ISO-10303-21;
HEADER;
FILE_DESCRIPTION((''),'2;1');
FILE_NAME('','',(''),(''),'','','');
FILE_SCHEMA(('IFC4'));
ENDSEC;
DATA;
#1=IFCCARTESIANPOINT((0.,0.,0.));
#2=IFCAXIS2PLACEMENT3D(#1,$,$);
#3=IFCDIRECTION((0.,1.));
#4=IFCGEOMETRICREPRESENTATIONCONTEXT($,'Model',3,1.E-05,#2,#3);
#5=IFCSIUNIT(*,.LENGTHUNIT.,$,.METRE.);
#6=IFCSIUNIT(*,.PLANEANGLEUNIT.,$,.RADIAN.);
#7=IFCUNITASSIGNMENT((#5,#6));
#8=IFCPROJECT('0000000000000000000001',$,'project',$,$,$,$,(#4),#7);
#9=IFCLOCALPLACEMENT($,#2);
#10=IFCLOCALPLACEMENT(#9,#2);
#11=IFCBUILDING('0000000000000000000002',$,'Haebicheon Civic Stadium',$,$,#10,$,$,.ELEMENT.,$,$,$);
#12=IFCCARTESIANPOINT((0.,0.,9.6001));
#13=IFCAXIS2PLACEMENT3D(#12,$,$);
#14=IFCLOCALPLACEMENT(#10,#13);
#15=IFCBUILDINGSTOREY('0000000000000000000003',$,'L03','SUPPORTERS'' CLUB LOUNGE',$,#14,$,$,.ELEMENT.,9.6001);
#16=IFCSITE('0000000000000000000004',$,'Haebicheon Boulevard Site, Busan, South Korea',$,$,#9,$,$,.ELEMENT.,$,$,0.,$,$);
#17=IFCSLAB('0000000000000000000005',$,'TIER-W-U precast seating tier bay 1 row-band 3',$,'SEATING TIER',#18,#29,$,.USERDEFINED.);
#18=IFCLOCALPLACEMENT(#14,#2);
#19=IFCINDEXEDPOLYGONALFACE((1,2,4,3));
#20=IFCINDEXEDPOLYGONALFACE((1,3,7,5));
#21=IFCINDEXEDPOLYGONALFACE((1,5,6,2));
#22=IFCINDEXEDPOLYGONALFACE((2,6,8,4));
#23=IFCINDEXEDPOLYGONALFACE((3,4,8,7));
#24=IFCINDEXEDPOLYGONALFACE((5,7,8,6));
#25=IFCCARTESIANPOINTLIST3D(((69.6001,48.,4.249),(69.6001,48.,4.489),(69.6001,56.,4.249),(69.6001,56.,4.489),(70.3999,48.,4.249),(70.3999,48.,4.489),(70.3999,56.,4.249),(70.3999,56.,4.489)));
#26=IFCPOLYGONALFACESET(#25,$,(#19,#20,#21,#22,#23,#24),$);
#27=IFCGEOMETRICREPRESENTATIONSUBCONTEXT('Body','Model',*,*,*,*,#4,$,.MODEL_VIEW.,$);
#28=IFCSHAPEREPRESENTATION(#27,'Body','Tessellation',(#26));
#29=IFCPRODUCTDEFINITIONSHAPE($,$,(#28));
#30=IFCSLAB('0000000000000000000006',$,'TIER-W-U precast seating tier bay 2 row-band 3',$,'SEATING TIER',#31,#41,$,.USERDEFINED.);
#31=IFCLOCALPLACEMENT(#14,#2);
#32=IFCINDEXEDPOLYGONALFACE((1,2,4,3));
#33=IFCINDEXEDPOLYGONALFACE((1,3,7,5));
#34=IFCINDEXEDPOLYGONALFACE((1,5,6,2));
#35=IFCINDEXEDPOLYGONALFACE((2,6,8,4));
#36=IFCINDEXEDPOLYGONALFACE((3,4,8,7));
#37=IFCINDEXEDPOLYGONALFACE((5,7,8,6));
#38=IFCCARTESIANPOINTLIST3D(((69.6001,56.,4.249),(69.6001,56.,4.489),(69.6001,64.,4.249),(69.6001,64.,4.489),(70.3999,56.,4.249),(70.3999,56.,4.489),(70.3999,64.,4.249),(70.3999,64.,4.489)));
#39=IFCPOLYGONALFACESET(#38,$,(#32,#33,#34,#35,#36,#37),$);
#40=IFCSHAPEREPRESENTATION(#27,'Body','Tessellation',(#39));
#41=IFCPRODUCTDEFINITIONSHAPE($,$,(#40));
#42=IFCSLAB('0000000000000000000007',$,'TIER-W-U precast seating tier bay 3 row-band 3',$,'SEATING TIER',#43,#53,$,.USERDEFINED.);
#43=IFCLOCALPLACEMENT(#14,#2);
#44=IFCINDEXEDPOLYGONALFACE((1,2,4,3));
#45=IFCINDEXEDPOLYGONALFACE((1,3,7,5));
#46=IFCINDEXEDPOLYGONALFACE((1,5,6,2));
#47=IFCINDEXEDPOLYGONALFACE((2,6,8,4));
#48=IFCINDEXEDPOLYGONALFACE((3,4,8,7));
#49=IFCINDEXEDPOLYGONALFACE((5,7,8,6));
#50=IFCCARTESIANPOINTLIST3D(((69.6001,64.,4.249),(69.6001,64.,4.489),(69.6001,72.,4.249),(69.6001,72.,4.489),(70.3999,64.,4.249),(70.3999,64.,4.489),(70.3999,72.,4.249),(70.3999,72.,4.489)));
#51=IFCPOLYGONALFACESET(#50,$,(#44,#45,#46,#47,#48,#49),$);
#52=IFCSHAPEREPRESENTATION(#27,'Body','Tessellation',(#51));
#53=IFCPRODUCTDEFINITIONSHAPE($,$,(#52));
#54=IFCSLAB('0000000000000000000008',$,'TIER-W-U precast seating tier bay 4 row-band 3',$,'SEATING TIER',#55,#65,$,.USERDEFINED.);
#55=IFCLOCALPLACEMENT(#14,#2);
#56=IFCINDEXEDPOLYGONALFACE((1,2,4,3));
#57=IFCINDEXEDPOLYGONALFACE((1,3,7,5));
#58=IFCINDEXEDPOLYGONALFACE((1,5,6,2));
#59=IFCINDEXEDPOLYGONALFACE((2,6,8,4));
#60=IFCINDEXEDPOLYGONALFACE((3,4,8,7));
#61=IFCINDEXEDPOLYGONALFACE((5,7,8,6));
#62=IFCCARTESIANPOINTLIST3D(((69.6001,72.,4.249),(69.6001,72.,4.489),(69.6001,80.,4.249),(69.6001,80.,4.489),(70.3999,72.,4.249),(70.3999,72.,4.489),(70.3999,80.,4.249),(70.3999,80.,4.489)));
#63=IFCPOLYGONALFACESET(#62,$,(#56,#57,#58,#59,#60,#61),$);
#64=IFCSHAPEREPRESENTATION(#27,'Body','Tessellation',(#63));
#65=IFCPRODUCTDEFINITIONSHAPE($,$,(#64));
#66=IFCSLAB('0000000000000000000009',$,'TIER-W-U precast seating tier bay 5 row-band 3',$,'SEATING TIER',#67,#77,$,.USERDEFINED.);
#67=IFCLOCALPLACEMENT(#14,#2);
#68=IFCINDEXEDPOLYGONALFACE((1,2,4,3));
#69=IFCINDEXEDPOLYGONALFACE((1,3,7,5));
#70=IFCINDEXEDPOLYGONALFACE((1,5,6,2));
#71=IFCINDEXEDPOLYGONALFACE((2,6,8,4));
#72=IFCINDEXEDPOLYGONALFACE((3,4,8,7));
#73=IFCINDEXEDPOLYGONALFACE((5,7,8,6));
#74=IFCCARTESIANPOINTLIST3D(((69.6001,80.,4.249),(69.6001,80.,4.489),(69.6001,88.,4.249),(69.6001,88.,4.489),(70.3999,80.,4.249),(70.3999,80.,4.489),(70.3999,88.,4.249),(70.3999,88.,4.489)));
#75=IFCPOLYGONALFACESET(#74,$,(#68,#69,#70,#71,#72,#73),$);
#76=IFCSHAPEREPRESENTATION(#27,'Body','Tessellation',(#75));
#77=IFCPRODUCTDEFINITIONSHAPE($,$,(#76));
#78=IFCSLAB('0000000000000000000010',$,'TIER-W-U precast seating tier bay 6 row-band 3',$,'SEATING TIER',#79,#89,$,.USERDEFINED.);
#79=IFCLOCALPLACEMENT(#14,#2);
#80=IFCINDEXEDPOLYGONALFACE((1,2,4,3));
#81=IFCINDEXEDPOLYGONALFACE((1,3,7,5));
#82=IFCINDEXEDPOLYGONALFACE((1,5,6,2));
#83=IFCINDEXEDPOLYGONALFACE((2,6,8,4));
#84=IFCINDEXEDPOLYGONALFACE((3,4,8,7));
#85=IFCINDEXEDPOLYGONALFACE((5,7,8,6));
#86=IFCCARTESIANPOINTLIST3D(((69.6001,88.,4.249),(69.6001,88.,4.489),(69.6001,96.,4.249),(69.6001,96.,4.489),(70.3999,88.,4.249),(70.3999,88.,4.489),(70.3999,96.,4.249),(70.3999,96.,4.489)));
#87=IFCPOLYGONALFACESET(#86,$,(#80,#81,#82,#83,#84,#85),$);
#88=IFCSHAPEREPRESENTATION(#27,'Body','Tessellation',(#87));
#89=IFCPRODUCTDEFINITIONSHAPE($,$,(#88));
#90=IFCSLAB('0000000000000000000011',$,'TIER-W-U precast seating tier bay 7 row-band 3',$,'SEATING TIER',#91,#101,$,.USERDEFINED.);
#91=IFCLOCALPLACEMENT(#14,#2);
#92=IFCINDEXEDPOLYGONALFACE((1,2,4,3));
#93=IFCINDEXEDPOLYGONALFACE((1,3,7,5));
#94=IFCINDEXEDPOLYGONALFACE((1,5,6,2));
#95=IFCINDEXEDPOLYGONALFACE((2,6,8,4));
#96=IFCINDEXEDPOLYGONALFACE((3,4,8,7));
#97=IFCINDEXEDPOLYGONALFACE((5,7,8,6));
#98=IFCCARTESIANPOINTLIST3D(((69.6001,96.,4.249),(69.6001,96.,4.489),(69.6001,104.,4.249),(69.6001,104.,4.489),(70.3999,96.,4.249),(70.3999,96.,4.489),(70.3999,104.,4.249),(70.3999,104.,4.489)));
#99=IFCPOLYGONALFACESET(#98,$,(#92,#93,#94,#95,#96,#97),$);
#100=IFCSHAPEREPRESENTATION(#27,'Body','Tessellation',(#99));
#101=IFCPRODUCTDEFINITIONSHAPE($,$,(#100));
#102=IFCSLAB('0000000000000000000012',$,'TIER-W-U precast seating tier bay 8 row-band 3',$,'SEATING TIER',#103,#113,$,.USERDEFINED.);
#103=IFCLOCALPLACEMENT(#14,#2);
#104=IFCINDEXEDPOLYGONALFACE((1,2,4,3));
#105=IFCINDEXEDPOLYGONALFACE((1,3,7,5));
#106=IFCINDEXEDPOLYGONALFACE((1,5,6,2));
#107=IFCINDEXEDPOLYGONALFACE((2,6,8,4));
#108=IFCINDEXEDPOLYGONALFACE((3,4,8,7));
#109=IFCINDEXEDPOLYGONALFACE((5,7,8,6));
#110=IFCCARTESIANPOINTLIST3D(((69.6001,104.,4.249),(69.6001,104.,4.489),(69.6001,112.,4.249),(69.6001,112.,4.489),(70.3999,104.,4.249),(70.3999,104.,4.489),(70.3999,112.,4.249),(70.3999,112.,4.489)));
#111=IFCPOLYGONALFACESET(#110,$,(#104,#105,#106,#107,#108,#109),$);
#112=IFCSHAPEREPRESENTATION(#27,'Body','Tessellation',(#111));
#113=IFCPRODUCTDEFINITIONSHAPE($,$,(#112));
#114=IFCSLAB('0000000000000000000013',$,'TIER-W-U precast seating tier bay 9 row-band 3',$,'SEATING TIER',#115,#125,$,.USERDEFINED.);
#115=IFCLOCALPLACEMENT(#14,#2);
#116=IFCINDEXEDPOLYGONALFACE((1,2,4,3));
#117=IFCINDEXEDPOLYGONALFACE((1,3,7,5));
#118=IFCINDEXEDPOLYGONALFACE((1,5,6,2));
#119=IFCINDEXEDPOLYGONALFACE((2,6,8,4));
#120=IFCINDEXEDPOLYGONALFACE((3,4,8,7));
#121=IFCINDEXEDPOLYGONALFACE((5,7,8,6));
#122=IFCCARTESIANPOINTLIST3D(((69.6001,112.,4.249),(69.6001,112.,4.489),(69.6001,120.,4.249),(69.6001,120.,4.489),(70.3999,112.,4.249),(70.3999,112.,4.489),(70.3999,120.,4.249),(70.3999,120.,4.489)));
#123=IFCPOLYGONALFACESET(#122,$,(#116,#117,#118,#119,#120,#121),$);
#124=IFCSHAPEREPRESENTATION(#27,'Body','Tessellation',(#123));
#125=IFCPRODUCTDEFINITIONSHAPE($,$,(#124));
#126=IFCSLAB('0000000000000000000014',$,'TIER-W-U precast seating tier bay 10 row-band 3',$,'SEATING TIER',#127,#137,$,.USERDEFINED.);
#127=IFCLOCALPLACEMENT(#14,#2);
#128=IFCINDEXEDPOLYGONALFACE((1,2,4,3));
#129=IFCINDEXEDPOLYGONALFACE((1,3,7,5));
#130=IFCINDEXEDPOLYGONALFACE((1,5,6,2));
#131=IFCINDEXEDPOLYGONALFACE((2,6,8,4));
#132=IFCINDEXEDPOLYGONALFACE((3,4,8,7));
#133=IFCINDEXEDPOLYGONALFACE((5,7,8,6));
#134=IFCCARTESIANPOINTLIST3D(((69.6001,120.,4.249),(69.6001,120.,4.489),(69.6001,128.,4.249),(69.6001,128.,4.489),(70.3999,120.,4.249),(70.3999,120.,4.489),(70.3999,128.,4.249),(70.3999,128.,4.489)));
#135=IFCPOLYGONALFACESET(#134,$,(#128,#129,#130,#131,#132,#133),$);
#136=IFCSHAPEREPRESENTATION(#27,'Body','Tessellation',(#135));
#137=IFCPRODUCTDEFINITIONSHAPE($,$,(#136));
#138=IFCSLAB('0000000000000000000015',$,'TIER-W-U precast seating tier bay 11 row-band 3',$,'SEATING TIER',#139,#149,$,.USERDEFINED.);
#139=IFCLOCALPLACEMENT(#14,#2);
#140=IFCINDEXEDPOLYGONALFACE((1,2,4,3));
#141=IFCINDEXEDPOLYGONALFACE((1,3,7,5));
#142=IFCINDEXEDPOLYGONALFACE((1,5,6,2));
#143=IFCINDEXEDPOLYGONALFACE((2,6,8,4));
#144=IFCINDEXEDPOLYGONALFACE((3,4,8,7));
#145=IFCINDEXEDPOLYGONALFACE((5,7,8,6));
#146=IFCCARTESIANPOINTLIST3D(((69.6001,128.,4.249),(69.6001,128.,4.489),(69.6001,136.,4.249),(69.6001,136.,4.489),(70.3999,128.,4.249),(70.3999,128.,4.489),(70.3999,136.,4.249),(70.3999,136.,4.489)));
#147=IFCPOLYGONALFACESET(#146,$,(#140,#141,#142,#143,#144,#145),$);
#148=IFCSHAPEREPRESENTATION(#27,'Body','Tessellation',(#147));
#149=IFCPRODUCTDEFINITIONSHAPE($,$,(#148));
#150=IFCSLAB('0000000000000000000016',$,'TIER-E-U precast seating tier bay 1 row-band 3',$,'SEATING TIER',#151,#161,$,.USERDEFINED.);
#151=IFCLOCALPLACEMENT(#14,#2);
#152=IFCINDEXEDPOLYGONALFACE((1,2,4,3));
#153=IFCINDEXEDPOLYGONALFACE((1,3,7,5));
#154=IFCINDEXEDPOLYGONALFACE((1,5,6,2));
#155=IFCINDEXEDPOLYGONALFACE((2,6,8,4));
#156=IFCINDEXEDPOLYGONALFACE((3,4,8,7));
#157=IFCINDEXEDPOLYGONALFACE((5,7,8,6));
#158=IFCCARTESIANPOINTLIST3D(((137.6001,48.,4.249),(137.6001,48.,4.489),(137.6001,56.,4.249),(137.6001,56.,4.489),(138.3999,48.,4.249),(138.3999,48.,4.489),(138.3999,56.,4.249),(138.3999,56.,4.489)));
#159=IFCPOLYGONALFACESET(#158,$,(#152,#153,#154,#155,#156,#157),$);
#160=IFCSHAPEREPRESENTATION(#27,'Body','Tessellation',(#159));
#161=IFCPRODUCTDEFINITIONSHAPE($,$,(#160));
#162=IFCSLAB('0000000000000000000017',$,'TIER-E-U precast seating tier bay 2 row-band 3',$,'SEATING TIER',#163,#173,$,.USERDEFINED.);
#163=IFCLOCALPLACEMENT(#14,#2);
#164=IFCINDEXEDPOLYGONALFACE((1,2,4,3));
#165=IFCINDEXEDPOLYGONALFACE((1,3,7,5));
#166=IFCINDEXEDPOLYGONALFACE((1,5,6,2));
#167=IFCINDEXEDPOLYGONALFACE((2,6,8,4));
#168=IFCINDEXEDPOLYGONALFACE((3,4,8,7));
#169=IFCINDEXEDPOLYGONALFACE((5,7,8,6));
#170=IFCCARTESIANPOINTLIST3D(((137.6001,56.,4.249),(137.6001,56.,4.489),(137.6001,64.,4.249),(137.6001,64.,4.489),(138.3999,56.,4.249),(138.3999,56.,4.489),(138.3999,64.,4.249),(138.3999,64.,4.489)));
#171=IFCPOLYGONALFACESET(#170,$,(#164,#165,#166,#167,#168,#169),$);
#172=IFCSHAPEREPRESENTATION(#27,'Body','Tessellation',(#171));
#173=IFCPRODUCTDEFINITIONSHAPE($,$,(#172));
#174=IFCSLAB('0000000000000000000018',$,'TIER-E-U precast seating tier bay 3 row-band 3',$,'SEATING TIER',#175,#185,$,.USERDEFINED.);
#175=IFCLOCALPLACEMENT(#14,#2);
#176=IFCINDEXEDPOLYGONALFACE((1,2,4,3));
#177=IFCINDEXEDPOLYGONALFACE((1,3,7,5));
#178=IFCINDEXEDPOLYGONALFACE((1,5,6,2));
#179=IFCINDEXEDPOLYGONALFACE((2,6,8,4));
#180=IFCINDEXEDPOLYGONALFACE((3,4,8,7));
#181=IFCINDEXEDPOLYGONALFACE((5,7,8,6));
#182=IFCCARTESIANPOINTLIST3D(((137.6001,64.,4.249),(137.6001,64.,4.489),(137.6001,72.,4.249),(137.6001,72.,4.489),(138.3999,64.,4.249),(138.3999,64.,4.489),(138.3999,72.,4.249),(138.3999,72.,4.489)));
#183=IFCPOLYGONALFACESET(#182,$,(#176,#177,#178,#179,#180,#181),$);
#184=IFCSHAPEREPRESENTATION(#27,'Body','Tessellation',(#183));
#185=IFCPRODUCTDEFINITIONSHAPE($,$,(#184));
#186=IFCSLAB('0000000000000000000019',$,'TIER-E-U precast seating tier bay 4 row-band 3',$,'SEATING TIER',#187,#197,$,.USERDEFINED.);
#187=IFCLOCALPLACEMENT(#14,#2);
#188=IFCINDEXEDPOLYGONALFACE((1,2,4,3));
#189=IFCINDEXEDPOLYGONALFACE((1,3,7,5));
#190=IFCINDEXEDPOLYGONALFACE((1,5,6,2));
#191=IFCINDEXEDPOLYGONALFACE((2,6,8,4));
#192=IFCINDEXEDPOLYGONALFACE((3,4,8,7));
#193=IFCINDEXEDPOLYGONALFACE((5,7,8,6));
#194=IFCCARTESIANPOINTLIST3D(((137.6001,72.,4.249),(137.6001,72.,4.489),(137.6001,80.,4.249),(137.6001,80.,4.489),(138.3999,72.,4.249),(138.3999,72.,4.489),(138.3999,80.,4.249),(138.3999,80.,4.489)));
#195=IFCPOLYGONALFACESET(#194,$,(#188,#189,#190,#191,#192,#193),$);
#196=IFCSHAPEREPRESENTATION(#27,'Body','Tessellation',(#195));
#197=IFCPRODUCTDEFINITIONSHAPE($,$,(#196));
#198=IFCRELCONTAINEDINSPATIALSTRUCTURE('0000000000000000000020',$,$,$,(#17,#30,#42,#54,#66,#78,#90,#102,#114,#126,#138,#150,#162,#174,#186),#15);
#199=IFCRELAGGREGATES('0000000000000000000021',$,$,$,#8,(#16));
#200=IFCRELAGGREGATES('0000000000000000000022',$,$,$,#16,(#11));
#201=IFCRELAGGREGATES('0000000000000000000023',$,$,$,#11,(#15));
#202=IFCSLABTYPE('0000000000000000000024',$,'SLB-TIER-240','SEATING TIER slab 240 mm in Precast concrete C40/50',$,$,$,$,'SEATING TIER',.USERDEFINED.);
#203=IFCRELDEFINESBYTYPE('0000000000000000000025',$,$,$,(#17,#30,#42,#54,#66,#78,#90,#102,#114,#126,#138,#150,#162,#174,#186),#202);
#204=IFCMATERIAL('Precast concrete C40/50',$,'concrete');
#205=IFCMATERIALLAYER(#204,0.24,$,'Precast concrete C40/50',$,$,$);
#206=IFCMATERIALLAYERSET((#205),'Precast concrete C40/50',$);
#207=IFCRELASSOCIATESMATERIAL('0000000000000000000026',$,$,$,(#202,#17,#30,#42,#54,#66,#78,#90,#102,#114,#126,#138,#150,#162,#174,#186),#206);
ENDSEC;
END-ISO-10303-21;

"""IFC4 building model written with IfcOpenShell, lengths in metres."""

from ifc_helpers import new_model, si_unit, direction, frame, origin, place, context, subcontext, project, spatial, polyline, outline, extrude, material, layer, layer_set, type_object, element, save


model = new_model("IFC4")

# Units and contexts
model_context = context("Model", 3, precision=1e-05, world=origin(), true_north=direction((0.0, 1.0)))
body_context = subcontext(model_context, "Body", "Model", "MODEL_VIEW")
ifc_project = project(units=[si_unit("LENGTHUNIT", "METRE"), si_unit("PLANEANGLEUNIT", "RADIAN")], contexts=[model_context])

# Site, building, storey
site_placement = place(None, origin())
site = spatial("IfcSite", under=ifc_project, at=site_placement, Name="Haebicheon Boulevard Site, Busan, South Korea", CompositionType="ELEMENT", RefElevation=0.0)
building_placement = place(site_placement, origin())
building = spatial("IfcBuilding", under=site, at=building_placement, Name="Haebicheon Civic Stadium", CompositionType="ELEMENT")
storey_placement = place(building_placement, frame((0.0, 0.0, 9.6001)))
storey = spatial("IfcBuildingStorey", under=building, at=storey_placement, Name="L03", Description="SUPPORTERS' CLUB LOUNGE", CompositionType="ELEMENT", Elevation=9.6001)

# Slabs
ifc_material = material(Name="Precast concrete C40/50", Category="concrete")
ifc_layer = layer(ifc_material, 0.24, Name="Precast concrete C40/50")
ifc_layer_set = layer_set([ifc_layer], Name="Precast concrete C40/50")
slab_type = type_object("IfcSlabType", Name="SLB-TIER-240", Description="SEATING TIER slab 240 mm in Precast concrete C40/50", ElementType="SEATING TIER", PredefinedType="USERDEFINED", material=ifc_layer_set)
slab_1_placement = place(storey_placement, frame((0.0, 0.0, 4.249)))
element("IfcSlab", 1, at=slab_1_placement, inside=storey, type_object=slab_type, material=ifc_layer_set, Name="TIER-W-U precast seating tier bay 1 row-band 3", ObjectType="SEATING TIER", PredefinedType="USERDEFINED", context=body_context, shape_type="SweptSolid", body=[
    extrude(outline(polyline([(69.6001, 48.0), (70.3999, 48.0), (70.3999, 56.0), (69.6001, 56.0), (69.6001, 48.0)])), origin(), (0.0, 0.0, 1.0), 0.24),
])
slab_2_placement = place(storey_placement, frame((0.0, 0.0, 4.249)))
element("IfcSlab", 2, at=slab_2_placement, inside=storey, type_object=slab_type, material=ifc_layer_set, Name="TIER-W-U precast seating tier bay 2 row-band 3", ObjectType="SEATING TIER", PredefinedType="USERDEFINED", context=body_context, shape_type="SweptSolid", body=[
    extrude(outline(polyline([(69.6001, 56.0), (70.3999, 56.0), (70.3999, 64.0), (69.6001, 64.0), (69.6001, 56.0)])), origin(), (0.0, 0.0, 1.0), 0.24),
])
slab_3_placement = place(storey_placement, frame((0.0, 0.0, 4.249)))
element("IfcSlab", 3, at=slab_3_placement, inside=storey, type_object=slab_type, material=ifc_layer_set, Name="TIER-W-U precast seating tier bay 3 row-band 3", ObjectType="SEATING TIER", PredefinedType="USERDEFINED", context=body_context, shape_type="SweptSolid", body=[
    extrude(outline(polyline([(69.6001, 64.0), (70.3999, 64.0), (70.3999, 72.0), (69.6001, 72.0), (69.6001, 64.0)])), origin(), (0.0, 0.0, 1.0), 0.24),
])
slab_4_placement = place(storey_placement, frame((0.0, 0.0, 4.249)))
element("IfcSlab", 4, at=slab_4_placement, inside=storey, type_object=slab_type, material=ifc_layer_set, Name="TIER-W-U precast seating tier bay 4 row-band 3", ObjectType="SEATING TIER", PredefinedType="USERDEFINED", context=body_context, shape_type="SweptSolid", body=[
    extrude(outline(polyline([(69.6001, 72.0), (70.3999, 72.0), (70.3999, 80.0), (69.6001, 80.0), (69.6001, 72.0)])), origin(), (0.0, 0.0, 1.0), 0.24),
])
slab_5_placement = place(storey_placement, frame((0.0, 0.0, 4.249)))
element("IfcSlab", 5, at=slab_5_placement, inside=storey, type_object=slab_type, material=ifc_layer_set, Name="TIER-W-U precast seating tier bay 5 row-band 3", ObjectType="SEATING TIER", PredefinedType="USERDEFINED", context=body_context, shape_type="SweptSolid", body=[
    extrude(outline(polyline([(69.6001, 80.0), (70.3999, 80.0), (70.3999, 88.0), (69.6001, 88.0), (69.6001, 80.0)])), origin(), (0.0, 0.0, 1.0), 0.24),
])
slab_6_placement = place(storey_placement, frame((0.0, 0.0, 4.249)))
element("IfcSlab", 6, at=slab_6_placement, inside=storey, type_object=slab_type, material=ifc_layer_set, Name="TIER-W-U precast seating tier bay 6 row-band 3", ObjectType="SEATING TIER", PredefinedType="USERDEFINED", context=body_context, shape_type="SweptSolid", body=[
    extrude(outline(polyline([(69.6001, 88.0), (70.3999, 88.0), (70.3999, 96.0), (69.6001, 96.0), (69.6001, 88.0)])), origin(), (0.0, 0.0, 1.0), 0.24),
])
slab_7_placement = place(storey_placement, frame((0.0, 0.0, 4.249)))
element("IfcSlab", 7, at=slab_7_placement, inside=storey, type_object=slab_type, material=ifc_layer_set, Name="TIER-W-U precast seating tier bay 7 row-band 3", ObjectType="SEATING TIER", PredefinedType="USERDEFINED", context=body_context, shape_type="SweptSolid", body=[
    extrude(outline(polyline([(69.6001, 96.0), (70.3999, 96.0), (70.3999, 104.0), (69.6001, 104.0), (69.6001, 96.0)])), origin(), (0.0, 0.0, 1.0), 0.24),
])
slab_8_placement = place(storey_placement, frame((0.0, 0.0, 4.249)))
element("IfcSlab", 8, at=slab_8_placement, inside=storey, type_object=slab_type, material=ifc_layer_set, Name="TIER-W-U precast seating tier bay 8 row-band 3", ObjectType="SEATING TIER", PredefinedType="USERDEFINED", context=body_context, shape_type="SweptSolid", body=[
    extrude(outline(polyline([(69.6001, 104.0), (70.3999, 104.0), (70.3999, 112.0), (69.6001, 112.0), (69.6001, 104.0)])), origin(), (0.0, 0.0, 1.0), 0.24),
])
slab_9_placement = place(storey_placement, frame((0.0, 0.0, 4.249)))
element("IfcSlab", 9, at=slab_9_placement, inside=storey, type_object=slab_type, material=ifc_layer_set, Name="TIER-W-U precast seating tier bay 9 row-band 3", ObjectType="SEATING TIER", PredefinedType="USERDEFINED", context=body_context, shape_type="SweptSolid", body=[
    extrude(outline(polyline([(69.6001, 112.0), (70.3999, 112.0), (70.3999, 120.0), (69.6001, 120.0), (69.6001, 112.0)])), origin(), (0.0, 0.0, 1.0), 0.24),
])
slab_10_placement = place(storey_placement, frame((0.0, 0.0, 4.249)))
element("IfcSlab", 10, at=slab_10_placement, inside=storey, type_object=slab_type, material=ifc_layer_set, Name="TIER-W-U precast seating tier bay 10 row-band 3", ObjectType="SEATING TIER", PredefinedType="USERDEFINED", context=body_context, shape_type="SweptSolid", body=[
    extrude(outline(polyline([(69.6001, 120.0), (70.3999, 120.0), (70.3999, 128.0), (69.6001, 128.0), (69.6001, 120.0)])), origin(), (0.0, 0.0, 1.0), 0.24),
])
slab_11_placement = place(storey_placement, frame((0.0, 0.0, 4.249)))
element("IfcSlab", 11, at=slab_11_placement, inside=storey, type_object=slab_type, material=ifc_layer_set, Name="TIER-W-U precast seating tier bay 11 row-band 3", ObjectType="SEATING TIER", PredefinedType="USERDEFINED", context=body_context, shape_type="SweptSolid", body=[
    extrude(outline(polyline([(69.6001, 128.0), (70.3999, 128.0), (70.3999, 136.0), (69.6001, 136.0), (69.6001, 128.0)])), origin(), (0.0, 0.0, 1.0), 0.24),
])
slab_12_placement = place(storey_placement, frame((0.0, 0.0, 4.249)))
element("IfcSlab", 12, at=slab_12_placement, inside=storey, type_object=slab_type, material=ifc_layer_set, Name="TIER-E-U precast seating tier bay 1 row-band 3", ObjectType="SEATING TIER", PredefinedType="USERDEFINED", context=body_context, shape_type="SweptSolid", body=[
    extrude(outline(polyline([(137.6001, 48.0), (138.3999, 48.0), (138.3999, 56.0), (137.6001, 56.0), (137.6001, 48.0)])), origin(), (0.0, 0.0, 1.0), 0.24),
])
slab_13_placement = place(storey_placement, frame((0.0, 0.0, 4.249)))
element("IfcSlab", 13, at=slab_13_placement, inside=storey, type_object=slab_type, material=ifc_layer_set, Name="TIER-E-U precast seating tier bay 2 row-band 3", ObjectType="SEATING TIER", PredefinedType="USERDEFINED", context=body_context, shape_type="SweptSolid", body=[
    extrude(outline(polyline([(137.6001, 56.0), (138.3999, 56.0), (138.3999, 64.0), (137.6001, 64.0), (137.6001, 56.0)])), origin(), (0.0, 0.0, 1.0), 0.24),
])
slab_14_placement = place(storey_placement, frame((0.0, 0.0, 4.249)))
element("IfcSlab", 14, at=slab_14_placement, inside=storey, type_object=slab_type, material=ifc_layer_set, Name="TIER-E-U precast seating tier bay 3 row-band 3", ObjectType="SEATING TIER", PredefinedType="USERDEFINED", context=body_context, shape_type="SweptSolid", body=[
    extrude(outline(polyline([(137.6001, 64.0), (138.3999, 64.0), (138.3999, 72.0), (137.6001, 72.0), (137.6001, 64.0)])), origin(), (0.0, 0.0, 1.0), 0.24),
])
slab_15_placement = place(storey_placement, frame((0.0, 0.0, 4.249)))
element("IfcSlab", 15, at=slab_15_placement, inside=storey, type_object=slab_type, material=ifc_layer_set, Name="TIER-E-U precast seating tier bay 4 row-band 3", ObjectType="SEATING TIER", PredefinedType="USERDEFINED", context=body_context, shape_type="SweptSolid", body=[
    extrude(outline(polyline([(137.6001, 72.0), (138.3999, 72.0), (138.3999, 80.0), (137.6001, 80.0), (137.6001, 72.0)])), origin(), (0.0, 0.0, 1.0), 0.24),
])

save(model, "model.ifc")
